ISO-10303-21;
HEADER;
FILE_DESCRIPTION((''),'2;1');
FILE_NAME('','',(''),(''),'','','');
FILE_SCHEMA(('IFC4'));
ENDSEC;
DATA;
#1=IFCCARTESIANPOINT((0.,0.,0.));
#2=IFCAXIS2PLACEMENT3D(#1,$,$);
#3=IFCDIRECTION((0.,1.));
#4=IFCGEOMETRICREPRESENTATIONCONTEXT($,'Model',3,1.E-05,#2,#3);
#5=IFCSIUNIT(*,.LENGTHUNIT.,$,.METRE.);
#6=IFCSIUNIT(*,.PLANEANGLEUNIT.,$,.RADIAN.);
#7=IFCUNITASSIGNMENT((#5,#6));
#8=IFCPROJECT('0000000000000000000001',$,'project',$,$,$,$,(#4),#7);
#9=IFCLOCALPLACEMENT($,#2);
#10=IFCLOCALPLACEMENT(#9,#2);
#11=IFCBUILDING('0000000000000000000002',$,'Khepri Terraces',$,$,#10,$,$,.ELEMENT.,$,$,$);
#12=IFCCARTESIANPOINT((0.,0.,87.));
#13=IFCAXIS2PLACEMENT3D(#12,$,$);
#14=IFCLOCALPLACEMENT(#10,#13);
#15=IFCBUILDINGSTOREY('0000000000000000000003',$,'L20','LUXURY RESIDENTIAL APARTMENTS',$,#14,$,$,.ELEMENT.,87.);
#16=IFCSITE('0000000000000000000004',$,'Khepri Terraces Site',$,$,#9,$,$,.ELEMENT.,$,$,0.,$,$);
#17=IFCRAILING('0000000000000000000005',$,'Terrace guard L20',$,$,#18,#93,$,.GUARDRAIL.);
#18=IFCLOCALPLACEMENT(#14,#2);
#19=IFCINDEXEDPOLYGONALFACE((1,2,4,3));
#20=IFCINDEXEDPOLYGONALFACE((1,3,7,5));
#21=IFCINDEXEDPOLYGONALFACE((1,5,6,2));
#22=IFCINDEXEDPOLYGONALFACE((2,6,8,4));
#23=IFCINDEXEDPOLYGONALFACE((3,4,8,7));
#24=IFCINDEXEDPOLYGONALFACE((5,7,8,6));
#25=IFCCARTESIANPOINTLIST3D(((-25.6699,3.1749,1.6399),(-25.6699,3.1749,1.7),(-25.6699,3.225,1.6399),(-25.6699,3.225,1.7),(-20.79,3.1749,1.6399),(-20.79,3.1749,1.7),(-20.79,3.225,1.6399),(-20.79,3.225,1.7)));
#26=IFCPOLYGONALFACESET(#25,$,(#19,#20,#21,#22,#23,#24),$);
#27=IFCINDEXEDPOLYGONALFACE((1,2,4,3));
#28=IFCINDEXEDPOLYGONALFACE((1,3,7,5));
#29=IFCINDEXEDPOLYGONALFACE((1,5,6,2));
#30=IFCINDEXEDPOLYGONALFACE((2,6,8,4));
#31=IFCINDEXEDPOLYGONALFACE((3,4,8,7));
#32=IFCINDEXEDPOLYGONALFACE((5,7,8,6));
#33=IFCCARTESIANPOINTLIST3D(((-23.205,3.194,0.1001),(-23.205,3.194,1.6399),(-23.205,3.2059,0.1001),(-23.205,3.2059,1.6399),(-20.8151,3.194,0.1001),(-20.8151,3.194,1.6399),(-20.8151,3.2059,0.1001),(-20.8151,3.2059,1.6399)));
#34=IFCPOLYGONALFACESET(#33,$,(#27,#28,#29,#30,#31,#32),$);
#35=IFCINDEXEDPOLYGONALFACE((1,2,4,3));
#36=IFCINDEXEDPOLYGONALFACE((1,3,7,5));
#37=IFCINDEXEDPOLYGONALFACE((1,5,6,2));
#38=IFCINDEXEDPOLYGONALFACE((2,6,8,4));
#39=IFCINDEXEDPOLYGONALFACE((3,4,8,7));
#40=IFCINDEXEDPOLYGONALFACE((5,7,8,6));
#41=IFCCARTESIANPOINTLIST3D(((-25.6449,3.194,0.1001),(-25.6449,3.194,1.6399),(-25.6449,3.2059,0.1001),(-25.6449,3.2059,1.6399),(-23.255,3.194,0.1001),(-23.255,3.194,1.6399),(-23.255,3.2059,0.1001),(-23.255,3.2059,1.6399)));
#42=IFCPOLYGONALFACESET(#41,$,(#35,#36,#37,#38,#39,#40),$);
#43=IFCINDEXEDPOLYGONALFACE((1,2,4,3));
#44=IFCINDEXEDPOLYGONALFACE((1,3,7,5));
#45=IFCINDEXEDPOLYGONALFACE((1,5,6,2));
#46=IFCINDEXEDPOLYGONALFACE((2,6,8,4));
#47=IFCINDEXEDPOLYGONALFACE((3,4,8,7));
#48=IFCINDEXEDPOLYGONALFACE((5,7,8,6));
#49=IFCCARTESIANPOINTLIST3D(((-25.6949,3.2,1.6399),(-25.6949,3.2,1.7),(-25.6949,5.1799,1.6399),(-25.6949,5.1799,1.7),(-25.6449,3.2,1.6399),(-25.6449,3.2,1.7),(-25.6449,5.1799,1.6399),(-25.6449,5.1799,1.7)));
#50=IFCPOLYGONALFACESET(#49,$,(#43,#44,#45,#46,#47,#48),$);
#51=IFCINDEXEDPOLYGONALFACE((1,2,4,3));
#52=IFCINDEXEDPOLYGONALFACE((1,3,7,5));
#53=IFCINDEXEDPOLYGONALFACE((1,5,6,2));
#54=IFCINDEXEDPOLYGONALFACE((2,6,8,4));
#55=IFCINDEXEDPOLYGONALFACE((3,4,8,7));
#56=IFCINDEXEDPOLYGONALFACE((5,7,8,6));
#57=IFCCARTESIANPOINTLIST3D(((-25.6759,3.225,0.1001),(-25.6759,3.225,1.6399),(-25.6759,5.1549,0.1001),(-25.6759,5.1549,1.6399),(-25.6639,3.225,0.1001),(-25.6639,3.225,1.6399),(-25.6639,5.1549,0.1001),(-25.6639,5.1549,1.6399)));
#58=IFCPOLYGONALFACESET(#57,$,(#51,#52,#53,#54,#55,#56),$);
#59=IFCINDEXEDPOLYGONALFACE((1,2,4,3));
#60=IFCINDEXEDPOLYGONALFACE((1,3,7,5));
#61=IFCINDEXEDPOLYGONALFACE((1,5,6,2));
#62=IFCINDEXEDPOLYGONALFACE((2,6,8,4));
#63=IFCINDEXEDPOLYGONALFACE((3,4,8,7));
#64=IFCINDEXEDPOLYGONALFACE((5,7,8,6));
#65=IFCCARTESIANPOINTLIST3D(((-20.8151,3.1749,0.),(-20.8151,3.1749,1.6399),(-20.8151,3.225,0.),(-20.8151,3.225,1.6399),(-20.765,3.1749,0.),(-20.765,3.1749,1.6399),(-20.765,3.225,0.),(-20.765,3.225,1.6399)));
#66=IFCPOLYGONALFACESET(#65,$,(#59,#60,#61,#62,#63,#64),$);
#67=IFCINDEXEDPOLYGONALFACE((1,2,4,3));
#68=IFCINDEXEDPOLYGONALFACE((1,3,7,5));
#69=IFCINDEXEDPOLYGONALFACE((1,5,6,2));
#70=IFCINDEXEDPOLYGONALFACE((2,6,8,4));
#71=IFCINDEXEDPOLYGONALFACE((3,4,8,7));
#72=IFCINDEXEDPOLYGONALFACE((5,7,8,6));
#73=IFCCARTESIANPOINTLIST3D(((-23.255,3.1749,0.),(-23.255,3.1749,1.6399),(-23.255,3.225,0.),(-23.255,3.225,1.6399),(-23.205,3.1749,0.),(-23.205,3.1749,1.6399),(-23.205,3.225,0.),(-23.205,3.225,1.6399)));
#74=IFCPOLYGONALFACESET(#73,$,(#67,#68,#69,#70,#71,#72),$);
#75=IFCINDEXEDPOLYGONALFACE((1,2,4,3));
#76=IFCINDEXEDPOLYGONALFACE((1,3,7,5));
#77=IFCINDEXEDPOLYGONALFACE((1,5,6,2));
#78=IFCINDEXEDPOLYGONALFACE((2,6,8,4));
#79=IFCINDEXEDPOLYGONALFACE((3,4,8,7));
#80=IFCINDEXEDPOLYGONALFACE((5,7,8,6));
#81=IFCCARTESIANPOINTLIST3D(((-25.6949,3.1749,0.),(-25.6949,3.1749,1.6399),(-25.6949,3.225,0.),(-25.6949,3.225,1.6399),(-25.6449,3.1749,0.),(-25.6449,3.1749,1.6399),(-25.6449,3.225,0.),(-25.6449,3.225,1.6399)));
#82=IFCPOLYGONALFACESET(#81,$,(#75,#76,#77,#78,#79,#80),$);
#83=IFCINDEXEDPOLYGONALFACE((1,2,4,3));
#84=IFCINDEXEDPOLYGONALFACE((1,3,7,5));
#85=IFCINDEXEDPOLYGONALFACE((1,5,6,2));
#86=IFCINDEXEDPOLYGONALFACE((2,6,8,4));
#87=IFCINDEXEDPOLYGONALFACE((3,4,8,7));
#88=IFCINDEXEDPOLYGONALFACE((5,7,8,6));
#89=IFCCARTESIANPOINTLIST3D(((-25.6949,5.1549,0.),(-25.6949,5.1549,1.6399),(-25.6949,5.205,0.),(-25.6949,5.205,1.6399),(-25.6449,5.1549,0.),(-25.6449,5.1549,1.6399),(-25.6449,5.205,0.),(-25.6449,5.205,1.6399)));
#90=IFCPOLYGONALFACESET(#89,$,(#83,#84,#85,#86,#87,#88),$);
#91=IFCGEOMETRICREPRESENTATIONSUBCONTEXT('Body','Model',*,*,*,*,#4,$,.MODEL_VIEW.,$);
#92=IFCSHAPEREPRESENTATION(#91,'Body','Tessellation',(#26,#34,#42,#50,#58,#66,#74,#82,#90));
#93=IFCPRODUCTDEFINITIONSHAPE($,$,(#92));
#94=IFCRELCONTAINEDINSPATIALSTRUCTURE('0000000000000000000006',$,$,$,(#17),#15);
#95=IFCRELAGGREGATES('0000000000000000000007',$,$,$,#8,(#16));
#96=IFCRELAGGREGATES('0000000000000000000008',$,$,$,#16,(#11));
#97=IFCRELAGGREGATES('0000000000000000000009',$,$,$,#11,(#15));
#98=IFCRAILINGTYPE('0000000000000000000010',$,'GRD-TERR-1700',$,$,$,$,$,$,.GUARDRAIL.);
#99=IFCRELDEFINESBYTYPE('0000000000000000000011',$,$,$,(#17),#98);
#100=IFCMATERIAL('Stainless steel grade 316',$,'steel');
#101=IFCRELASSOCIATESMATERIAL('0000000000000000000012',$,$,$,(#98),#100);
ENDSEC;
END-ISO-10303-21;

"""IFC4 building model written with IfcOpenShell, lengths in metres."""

from ifc_helpers import new_model, si_unit, direction, frame, origin, origin_2d, place, context, subcontext, project, spatial, rectangle, extrude, material, type_object, element, save


model = new_model("IFC4")

# Units and contexts
model_context = context("Model", 3, precision=1e-05, world=origin(), true_north=direction((0.0, 1.0)))
body_context = subcontext(model_context, "Body", "Model", "MODEL_VIEW")
ifc_project = project(units=[si_unit("LENGTHUNIT", "METRE"), si_unit("PLANEANGLEUNIT", "RADIAN")], contexts=[model_context])

# Site, building, storey
site_placement = place(None, origin())
site = spatial("IfcSite", under=ifc_project, at=site_placement, Name="Khepri Terraces Site", CompositionType="ELEMENT", RefElevation=0.0)
building_placement = place(site_placement, origin())
building = spatial("IfcBuilding", under=site, at=building_placement, Name="Khepri Terraces", CompositionType="ELEMENT")
storey_placement = place(building_placement, frame((0.0, 0.0, 87.0)))
storey = spatial("IfcBuildingStorey", under=building, at=storey_placement, Name="L20", Description="LUXURY RESIDENTIAL APARTMENTS", CompositionType="ELEMENT", Elevation=87.0)

# Railing
ifc_material_1 = material(Name="Stainless steel grade 316", Category="steel")
railing_type = type_object("IfcRailingType", Name="GRD-TERR-1700", PredefinedType="GUARDRAIL", material=ifc_material_1)
railing_placement = place(storey_placement, frame((-20.79, 3.2, 0.0)))
element("IfcRailing", 1, at=railing_placement, inside=storey, type_object=railing_type, Name="Terrace guard L20", PredefinedType="GUARDRAIL", context=body_context, shape_type="SweptSolid", body=[
    extrude(rectangle(XDim=0.05, YDim=0.0601, at=origin_2d()), frame((0.0, 0.0, 1.6699), z_axis=(-1.0, 0.0, 0.0), x_axis=(0.0, -1.0, 0.0)), (0.0, 0.0, 1.0), 4.8799),
    extrude(rectangle(XDim=2.3899, YDim=0.012, at=origin_2d()), frame((-1.22, 0.0, 0.1001), z_axis=(0.0, 0.0, 1.0), x_axis=(-1.0, 0.0, 0.0)), (0.0, 0.0, 1.0), 1.5398),
    extrude(rectangle(XDim=2.3899, YDim=0.012, at=origin_2d()), frame((-3.6599, 0.0, 0.1001), z_axis=(0.0, 0.0, 1.0), x_axis=(-1.0, 0.0, 0.0)), (0.0, 0.0, 1.0), 1.5398),
    extrude(rectangle(XDim=0.05, YDim=0.0601, at=origin_2d()), frame((-4.8799, 0.0, 1.6699), z_axis=(0.0, 1.0, 0.0), x_axis=(-1.0, 0.0, 0.0)), (0.0, 0.0, 1.0), 1.98),
    extrude(rectangle(XDim=1.9299, YDim=0.012, at=origin_2d()), frame((-4.8799, 0.99, 0.1001), z_axis=(0.0, 0.0, 1.0), x_axis=(0.0, 1.0, 0.0)), (0.0, 0.0, 1.0), 1.5398),
    extrude(rectangle(XDim=0.05, YDim=0.05, at=origin_2d()), origin(), (0.0, 0.0, 1.0), 1.6399),
    extrude(rectangle(XDim=0.05, YDim=0.05, at=origin_2d()), frame((-2.4399, 0.0, 0.0)), (0.0, 0.0, 1.0), 1.6399),
    extrude(rectangle(XDim=0.05, YDim=0.05, at=origin_2d()), frame((-4.8799, 0.0, 0.0)), (0.0, 0.0, 1.0), 1.6399),
    extrude(rectangle(XDim=0.05, YDim=0.05, at=origin_2d()), frame((-4.8799, 1.98, 0.0)), (0.0, 0.0, 1.0), 1.6399),
])

save(model, "model.ifc")
